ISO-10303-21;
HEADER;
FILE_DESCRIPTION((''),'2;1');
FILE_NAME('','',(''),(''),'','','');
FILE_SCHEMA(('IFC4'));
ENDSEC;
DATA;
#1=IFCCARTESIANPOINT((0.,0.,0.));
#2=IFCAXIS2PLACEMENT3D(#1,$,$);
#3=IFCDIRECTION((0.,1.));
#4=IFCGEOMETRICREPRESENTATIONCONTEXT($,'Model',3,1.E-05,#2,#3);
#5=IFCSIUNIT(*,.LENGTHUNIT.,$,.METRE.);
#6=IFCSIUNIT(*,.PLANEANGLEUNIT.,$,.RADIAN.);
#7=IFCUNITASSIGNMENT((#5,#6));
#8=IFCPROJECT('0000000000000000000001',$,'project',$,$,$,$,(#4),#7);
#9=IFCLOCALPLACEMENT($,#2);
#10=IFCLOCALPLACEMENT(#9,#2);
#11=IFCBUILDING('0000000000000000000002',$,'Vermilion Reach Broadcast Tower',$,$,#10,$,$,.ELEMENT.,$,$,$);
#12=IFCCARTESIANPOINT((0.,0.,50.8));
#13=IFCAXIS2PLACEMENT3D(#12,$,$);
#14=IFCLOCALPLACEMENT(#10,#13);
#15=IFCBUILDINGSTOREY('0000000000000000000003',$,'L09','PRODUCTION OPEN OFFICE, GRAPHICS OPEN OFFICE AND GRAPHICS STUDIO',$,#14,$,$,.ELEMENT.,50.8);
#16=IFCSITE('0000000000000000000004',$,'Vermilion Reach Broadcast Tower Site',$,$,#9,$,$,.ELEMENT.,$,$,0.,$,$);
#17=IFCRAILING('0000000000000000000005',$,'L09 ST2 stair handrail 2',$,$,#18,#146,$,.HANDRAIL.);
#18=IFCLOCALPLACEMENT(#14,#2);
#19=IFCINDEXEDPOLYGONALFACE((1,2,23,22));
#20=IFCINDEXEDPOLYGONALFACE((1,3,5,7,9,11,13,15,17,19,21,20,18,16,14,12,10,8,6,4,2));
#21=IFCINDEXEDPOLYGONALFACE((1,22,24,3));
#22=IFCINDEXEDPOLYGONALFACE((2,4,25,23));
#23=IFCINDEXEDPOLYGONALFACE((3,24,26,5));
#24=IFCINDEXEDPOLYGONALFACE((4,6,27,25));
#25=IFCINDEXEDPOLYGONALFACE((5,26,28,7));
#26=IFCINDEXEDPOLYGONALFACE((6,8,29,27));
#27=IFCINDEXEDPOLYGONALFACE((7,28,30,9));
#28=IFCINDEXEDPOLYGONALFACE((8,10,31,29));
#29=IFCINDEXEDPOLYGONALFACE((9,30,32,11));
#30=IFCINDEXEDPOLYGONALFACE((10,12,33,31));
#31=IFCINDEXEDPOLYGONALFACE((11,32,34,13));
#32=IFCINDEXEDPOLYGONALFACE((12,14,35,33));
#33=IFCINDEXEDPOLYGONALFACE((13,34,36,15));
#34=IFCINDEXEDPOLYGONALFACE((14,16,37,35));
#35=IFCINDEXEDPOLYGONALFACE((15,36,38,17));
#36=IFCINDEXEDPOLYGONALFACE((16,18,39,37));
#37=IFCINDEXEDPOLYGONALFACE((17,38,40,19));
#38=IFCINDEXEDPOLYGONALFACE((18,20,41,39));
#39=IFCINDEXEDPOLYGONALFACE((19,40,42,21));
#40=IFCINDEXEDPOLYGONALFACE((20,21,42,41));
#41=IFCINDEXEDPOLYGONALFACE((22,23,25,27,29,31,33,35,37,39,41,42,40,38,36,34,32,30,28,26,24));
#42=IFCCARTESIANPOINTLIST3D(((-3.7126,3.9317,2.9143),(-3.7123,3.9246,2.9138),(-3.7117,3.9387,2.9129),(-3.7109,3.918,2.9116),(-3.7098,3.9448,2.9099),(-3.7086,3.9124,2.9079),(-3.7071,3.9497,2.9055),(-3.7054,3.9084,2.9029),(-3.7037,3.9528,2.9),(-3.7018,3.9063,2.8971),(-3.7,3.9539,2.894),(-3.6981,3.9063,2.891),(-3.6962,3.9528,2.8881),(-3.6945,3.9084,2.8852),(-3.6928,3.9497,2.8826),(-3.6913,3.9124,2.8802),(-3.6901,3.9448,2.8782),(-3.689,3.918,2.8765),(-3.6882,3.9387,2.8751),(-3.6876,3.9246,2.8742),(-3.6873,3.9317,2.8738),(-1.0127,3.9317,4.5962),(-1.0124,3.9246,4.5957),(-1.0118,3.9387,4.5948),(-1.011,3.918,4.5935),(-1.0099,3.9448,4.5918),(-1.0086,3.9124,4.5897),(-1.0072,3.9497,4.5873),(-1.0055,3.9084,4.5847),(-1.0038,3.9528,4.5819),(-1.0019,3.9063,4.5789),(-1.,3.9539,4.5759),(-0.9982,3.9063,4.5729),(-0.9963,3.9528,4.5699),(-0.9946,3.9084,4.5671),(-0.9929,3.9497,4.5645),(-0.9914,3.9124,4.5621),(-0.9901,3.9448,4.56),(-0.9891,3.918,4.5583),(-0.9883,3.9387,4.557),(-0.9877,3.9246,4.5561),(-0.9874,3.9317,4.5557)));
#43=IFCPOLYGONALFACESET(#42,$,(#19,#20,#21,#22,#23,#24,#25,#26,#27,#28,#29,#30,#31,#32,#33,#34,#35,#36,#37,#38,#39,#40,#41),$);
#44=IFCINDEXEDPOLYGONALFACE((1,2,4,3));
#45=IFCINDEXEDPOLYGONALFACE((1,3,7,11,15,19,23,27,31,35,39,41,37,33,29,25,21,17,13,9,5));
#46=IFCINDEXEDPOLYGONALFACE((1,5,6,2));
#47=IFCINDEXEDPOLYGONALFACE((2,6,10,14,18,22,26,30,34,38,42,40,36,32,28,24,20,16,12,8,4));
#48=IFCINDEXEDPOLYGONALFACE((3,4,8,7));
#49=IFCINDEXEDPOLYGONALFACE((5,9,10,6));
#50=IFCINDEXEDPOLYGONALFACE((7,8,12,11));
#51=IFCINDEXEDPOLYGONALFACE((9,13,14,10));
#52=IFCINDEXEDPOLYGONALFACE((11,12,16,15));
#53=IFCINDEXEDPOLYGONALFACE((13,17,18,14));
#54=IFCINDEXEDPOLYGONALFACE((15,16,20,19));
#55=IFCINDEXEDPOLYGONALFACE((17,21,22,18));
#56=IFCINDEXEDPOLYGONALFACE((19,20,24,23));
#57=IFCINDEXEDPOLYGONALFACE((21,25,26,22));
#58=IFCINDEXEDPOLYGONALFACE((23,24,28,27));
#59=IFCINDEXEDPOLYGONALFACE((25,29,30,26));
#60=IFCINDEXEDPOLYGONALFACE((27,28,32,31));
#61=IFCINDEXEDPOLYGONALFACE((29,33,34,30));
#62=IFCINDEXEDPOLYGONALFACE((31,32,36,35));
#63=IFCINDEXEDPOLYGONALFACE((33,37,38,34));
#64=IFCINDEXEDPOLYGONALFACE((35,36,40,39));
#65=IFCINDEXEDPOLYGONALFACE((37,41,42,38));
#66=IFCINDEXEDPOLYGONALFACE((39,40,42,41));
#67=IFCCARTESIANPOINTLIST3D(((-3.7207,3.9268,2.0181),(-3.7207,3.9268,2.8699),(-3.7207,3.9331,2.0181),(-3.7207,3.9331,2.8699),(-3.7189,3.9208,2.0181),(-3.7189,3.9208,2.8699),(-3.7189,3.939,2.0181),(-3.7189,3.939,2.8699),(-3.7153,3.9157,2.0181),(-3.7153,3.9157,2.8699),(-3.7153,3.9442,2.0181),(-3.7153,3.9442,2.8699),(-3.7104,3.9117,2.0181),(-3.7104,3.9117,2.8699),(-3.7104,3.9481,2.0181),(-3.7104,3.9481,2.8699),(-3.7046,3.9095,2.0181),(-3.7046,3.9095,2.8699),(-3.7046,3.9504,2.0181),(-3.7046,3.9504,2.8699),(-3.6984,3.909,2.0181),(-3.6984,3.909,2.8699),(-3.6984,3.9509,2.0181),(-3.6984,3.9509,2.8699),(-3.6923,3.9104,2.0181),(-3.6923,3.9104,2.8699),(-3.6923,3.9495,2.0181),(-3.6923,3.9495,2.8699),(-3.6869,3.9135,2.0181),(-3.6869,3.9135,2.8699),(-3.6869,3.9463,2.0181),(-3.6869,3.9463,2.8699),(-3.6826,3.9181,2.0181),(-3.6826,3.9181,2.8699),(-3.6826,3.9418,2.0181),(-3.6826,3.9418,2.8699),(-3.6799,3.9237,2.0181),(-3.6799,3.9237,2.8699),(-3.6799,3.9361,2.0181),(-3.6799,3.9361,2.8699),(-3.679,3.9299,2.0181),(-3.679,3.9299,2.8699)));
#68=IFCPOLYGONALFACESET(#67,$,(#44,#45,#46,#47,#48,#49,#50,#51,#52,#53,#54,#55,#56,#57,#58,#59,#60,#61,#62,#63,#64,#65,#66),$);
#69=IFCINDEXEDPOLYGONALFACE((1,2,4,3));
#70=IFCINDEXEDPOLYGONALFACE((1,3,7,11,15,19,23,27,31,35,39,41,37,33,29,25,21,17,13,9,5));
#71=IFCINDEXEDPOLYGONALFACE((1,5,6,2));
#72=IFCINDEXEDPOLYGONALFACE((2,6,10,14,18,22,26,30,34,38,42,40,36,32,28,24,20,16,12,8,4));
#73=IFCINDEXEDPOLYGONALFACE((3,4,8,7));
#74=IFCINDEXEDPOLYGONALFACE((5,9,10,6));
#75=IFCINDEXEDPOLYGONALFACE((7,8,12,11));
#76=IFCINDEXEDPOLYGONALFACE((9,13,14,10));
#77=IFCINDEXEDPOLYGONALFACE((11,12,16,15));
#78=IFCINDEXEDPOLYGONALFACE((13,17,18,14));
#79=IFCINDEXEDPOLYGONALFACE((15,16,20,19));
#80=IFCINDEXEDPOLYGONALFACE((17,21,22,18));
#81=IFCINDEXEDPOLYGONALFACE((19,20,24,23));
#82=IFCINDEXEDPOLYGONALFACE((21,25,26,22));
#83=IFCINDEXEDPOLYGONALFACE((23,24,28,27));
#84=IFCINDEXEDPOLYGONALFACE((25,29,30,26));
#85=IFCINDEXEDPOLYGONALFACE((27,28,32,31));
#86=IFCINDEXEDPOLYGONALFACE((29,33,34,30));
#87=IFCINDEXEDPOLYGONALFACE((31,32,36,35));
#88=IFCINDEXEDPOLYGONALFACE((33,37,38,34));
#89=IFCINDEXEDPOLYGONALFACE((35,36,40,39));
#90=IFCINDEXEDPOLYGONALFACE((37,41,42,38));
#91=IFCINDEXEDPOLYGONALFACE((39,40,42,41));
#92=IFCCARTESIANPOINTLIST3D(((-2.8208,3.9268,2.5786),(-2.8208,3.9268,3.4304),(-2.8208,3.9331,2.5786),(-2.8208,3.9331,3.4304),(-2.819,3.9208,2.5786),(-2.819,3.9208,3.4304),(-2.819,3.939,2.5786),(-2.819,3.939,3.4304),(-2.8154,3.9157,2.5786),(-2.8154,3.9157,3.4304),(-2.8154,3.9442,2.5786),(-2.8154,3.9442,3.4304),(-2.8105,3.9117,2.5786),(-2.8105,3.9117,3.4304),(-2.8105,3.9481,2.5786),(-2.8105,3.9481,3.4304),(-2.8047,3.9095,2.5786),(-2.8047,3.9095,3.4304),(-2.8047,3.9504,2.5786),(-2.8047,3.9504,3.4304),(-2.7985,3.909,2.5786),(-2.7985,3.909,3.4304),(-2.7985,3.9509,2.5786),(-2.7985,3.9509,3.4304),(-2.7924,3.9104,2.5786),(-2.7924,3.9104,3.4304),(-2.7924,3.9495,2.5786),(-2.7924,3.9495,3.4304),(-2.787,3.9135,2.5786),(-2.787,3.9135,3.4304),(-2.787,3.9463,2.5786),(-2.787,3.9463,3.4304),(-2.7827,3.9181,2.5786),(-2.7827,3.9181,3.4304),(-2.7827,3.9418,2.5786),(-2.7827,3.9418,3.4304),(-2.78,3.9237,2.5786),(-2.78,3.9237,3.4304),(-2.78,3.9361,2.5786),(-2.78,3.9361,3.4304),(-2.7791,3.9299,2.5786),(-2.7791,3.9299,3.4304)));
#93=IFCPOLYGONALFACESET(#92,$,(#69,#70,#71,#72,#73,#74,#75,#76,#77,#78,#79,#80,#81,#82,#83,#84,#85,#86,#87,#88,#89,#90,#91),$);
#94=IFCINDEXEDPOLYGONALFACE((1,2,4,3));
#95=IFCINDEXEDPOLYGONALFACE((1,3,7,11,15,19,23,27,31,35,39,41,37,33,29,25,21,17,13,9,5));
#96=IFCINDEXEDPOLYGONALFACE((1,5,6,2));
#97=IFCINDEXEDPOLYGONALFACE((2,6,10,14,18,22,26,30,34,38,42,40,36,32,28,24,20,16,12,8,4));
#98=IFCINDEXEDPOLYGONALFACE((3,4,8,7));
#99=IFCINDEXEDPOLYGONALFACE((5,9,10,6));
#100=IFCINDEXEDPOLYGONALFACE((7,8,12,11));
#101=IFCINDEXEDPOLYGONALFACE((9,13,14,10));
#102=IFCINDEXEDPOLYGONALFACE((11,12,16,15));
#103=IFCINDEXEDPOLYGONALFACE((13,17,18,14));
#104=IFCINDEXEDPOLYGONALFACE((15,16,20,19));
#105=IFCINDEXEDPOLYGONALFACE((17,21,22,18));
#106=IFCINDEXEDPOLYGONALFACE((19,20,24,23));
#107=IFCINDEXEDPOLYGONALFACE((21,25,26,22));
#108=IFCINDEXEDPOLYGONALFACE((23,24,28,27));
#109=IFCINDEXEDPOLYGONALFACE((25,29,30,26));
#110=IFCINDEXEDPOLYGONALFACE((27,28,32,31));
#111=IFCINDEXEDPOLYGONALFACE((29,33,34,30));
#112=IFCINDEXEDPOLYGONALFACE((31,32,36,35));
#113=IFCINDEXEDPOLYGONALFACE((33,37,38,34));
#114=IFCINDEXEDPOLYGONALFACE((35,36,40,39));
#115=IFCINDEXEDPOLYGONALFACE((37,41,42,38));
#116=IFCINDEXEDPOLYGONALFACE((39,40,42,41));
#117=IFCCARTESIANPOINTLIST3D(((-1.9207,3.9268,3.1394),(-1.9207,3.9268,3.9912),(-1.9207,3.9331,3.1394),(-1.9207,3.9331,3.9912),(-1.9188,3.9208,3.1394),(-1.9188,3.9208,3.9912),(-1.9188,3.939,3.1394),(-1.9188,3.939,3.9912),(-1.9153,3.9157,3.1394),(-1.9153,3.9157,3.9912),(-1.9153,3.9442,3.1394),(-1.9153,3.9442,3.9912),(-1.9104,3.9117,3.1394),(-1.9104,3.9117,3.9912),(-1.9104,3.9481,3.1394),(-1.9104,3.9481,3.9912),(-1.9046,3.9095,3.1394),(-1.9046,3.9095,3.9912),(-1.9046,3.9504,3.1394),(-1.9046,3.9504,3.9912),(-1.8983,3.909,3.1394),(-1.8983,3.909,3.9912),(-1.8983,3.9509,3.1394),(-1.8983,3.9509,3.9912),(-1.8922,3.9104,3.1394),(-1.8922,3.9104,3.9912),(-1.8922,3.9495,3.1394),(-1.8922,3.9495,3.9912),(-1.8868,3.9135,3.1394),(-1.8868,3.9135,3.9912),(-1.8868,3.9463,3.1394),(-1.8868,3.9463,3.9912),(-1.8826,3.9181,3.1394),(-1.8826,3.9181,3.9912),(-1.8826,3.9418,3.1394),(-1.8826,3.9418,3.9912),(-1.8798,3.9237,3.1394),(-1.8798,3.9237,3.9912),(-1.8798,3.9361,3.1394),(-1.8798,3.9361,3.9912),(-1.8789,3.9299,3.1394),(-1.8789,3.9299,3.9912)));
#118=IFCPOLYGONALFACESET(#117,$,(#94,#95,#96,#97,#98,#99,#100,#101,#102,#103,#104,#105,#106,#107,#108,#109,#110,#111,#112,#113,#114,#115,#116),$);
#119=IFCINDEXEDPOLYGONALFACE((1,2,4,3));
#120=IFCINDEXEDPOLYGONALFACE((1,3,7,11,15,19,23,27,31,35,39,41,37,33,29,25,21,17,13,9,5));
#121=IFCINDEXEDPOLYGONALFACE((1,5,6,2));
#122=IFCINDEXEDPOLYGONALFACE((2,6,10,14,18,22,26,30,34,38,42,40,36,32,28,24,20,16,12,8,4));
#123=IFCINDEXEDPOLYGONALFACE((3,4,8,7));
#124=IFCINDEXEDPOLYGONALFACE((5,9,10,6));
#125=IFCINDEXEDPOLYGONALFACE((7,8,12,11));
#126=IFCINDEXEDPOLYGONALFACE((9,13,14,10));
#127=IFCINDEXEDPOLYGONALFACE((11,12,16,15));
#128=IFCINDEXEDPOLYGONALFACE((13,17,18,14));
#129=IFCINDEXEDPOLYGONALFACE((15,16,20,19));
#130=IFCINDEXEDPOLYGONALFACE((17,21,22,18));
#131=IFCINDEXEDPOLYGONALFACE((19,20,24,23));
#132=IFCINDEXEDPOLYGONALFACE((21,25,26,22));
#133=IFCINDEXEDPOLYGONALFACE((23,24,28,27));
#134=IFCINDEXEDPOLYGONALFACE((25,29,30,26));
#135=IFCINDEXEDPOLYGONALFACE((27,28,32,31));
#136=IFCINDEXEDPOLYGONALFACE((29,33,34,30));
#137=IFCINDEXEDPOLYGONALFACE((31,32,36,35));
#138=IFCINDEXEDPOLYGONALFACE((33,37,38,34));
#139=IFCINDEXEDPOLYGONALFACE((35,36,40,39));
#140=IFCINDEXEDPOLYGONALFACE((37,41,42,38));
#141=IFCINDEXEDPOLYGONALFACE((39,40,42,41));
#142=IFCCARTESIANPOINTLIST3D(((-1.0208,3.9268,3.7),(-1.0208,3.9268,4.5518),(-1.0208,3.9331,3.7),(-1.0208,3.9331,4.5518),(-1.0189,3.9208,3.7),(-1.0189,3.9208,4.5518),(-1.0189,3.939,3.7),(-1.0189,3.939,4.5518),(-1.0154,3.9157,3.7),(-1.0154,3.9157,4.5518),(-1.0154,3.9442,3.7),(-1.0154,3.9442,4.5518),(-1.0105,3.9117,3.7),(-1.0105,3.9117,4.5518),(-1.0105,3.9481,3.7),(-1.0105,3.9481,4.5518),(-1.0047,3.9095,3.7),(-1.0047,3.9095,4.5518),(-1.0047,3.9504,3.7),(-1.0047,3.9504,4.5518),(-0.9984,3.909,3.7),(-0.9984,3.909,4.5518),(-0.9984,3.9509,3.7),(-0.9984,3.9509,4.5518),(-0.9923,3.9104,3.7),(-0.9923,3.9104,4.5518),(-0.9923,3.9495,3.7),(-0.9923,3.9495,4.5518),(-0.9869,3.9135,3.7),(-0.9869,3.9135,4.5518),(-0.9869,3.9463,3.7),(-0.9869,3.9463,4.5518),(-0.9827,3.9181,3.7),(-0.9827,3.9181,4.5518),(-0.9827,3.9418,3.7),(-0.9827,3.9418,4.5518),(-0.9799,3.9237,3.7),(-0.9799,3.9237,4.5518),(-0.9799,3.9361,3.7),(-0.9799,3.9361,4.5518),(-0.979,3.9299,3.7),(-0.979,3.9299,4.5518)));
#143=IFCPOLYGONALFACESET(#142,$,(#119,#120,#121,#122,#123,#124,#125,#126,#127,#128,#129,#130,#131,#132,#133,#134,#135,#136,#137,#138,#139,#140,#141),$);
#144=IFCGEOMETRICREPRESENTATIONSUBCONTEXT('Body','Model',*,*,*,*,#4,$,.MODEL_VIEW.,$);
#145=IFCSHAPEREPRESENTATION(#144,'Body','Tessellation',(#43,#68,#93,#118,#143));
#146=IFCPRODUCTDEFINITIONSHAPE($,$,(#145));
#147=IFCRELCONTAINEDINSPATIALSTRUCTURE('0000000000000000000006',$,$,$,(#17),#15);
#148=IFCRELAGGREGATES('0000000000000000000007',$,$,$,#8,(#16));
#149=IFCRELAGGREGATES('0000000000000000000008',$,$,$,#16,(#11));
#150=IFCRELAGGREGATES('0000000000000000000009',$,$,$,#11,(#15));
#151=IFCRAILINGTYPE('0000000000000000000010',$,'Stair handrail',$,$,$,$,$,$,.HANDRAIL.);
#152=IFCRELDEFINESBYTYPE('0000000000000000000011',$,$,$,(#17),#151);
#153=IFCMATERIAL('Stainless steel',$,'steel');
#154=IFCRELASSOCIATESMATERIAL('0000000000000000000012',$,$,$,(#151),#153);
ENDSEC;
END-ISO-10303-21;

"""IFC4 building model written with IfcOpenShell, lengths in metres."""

from ifc_helpers import new_model, si_unit, direction, frame, origin, origin_2d, place, context, subcontext, project, spatial, circle, extrude, material, type_object, element, save


model = new_model("IFC4")

# Units and contexts
model_context = context("Model", 3, precision=1e-05, world=origin(), true_north=direction((0.0, 1.0)))
body_context = subcontext(model_context, "Body", "Model", "MODEL_VIEW")
ifc_project = project(units=[si_unit("LENGTHUNIT", "METRE"), si_unit("PLANEANGLEUNIT", "RADIAN")], contexts=[model_context])

# Site, building, storey
site_placement = place(None, origin())
site = spatial("IfcSite", under=ifc_project, at=site_placement, Name="Vermilion Reach Broadcast Tower Site", CompositionType="ELEMENT", RefElevation=0.0)
building_placement = place(site_placement, origin())
building = spatial("IfcBuilding", under=site, at=building_placement, Name="Vermilion Reach Broadcast Tower", CompositionType="ELEMENT")
storey_placement = place(building_placement, frame((0.0, 0.0, 50.8)))
storey = spatial("IfcBuildingStorey", under=building, at=storey_placement, Name="L09", Description="PRODUCTION OPEN OFFICE, GRAPHICS OPEN OFFICE AND GRAPHICS STUDIO", CompositionType="ELEMENT", Elevation=50.8)

# Railing
ifc_material_1 = material(Name="Stainless steel", Category="steel")
railing_type_1 = type_object("IfcRailingType", Name="Stair handrail", PredefinedType="HANDRAIL", material=ifc_material_1)
railing_1_placement = place(storey_placement, frame((-3.7, 3.9299, 2.0181)))
element("IfcRailing", 1, at=railing_1_placement, inside=storey, type_object=railing_type_1, Name="L09 ST2 stair handrail 2", PredefinedType="HANDRAIL", context=body_context, shape_type="SweptSolid", body=[
    extrude(circle(Radius=0.0239, at=origin_2d()), frame((0.0, 0.0, 0.876), z_axis=(0.848786, 0.0, 0.528736), x_axis=(0.0, 1.0, 0.0)), (0.0, 0.0, 1.0), 3.1809),
    extrude(circle(Radius=0.021, at=origin_2d()), origin(), (0.0, 0.0, 1.0), 0.8518),
    extrude(circle(Radius=0.021, at=origin_2d()), frame((0.8999, 0.0, 0.5605)), (0.0, 0.0, 1.0), 0.8518),
    extrude(circle(Radius=0.021, at=origin_2d()), frame((1.8, 0.0, 1.1213)), (0.0, 0.0, 1.0), 0.8518),
    extrude(circle(Radius=0.021, at=origin_2d()), frame((2.7, 0.0, 1.6819)), (0.0, 0.0, 1.0), 0.8518),
])

save(model, "model.ifc")
